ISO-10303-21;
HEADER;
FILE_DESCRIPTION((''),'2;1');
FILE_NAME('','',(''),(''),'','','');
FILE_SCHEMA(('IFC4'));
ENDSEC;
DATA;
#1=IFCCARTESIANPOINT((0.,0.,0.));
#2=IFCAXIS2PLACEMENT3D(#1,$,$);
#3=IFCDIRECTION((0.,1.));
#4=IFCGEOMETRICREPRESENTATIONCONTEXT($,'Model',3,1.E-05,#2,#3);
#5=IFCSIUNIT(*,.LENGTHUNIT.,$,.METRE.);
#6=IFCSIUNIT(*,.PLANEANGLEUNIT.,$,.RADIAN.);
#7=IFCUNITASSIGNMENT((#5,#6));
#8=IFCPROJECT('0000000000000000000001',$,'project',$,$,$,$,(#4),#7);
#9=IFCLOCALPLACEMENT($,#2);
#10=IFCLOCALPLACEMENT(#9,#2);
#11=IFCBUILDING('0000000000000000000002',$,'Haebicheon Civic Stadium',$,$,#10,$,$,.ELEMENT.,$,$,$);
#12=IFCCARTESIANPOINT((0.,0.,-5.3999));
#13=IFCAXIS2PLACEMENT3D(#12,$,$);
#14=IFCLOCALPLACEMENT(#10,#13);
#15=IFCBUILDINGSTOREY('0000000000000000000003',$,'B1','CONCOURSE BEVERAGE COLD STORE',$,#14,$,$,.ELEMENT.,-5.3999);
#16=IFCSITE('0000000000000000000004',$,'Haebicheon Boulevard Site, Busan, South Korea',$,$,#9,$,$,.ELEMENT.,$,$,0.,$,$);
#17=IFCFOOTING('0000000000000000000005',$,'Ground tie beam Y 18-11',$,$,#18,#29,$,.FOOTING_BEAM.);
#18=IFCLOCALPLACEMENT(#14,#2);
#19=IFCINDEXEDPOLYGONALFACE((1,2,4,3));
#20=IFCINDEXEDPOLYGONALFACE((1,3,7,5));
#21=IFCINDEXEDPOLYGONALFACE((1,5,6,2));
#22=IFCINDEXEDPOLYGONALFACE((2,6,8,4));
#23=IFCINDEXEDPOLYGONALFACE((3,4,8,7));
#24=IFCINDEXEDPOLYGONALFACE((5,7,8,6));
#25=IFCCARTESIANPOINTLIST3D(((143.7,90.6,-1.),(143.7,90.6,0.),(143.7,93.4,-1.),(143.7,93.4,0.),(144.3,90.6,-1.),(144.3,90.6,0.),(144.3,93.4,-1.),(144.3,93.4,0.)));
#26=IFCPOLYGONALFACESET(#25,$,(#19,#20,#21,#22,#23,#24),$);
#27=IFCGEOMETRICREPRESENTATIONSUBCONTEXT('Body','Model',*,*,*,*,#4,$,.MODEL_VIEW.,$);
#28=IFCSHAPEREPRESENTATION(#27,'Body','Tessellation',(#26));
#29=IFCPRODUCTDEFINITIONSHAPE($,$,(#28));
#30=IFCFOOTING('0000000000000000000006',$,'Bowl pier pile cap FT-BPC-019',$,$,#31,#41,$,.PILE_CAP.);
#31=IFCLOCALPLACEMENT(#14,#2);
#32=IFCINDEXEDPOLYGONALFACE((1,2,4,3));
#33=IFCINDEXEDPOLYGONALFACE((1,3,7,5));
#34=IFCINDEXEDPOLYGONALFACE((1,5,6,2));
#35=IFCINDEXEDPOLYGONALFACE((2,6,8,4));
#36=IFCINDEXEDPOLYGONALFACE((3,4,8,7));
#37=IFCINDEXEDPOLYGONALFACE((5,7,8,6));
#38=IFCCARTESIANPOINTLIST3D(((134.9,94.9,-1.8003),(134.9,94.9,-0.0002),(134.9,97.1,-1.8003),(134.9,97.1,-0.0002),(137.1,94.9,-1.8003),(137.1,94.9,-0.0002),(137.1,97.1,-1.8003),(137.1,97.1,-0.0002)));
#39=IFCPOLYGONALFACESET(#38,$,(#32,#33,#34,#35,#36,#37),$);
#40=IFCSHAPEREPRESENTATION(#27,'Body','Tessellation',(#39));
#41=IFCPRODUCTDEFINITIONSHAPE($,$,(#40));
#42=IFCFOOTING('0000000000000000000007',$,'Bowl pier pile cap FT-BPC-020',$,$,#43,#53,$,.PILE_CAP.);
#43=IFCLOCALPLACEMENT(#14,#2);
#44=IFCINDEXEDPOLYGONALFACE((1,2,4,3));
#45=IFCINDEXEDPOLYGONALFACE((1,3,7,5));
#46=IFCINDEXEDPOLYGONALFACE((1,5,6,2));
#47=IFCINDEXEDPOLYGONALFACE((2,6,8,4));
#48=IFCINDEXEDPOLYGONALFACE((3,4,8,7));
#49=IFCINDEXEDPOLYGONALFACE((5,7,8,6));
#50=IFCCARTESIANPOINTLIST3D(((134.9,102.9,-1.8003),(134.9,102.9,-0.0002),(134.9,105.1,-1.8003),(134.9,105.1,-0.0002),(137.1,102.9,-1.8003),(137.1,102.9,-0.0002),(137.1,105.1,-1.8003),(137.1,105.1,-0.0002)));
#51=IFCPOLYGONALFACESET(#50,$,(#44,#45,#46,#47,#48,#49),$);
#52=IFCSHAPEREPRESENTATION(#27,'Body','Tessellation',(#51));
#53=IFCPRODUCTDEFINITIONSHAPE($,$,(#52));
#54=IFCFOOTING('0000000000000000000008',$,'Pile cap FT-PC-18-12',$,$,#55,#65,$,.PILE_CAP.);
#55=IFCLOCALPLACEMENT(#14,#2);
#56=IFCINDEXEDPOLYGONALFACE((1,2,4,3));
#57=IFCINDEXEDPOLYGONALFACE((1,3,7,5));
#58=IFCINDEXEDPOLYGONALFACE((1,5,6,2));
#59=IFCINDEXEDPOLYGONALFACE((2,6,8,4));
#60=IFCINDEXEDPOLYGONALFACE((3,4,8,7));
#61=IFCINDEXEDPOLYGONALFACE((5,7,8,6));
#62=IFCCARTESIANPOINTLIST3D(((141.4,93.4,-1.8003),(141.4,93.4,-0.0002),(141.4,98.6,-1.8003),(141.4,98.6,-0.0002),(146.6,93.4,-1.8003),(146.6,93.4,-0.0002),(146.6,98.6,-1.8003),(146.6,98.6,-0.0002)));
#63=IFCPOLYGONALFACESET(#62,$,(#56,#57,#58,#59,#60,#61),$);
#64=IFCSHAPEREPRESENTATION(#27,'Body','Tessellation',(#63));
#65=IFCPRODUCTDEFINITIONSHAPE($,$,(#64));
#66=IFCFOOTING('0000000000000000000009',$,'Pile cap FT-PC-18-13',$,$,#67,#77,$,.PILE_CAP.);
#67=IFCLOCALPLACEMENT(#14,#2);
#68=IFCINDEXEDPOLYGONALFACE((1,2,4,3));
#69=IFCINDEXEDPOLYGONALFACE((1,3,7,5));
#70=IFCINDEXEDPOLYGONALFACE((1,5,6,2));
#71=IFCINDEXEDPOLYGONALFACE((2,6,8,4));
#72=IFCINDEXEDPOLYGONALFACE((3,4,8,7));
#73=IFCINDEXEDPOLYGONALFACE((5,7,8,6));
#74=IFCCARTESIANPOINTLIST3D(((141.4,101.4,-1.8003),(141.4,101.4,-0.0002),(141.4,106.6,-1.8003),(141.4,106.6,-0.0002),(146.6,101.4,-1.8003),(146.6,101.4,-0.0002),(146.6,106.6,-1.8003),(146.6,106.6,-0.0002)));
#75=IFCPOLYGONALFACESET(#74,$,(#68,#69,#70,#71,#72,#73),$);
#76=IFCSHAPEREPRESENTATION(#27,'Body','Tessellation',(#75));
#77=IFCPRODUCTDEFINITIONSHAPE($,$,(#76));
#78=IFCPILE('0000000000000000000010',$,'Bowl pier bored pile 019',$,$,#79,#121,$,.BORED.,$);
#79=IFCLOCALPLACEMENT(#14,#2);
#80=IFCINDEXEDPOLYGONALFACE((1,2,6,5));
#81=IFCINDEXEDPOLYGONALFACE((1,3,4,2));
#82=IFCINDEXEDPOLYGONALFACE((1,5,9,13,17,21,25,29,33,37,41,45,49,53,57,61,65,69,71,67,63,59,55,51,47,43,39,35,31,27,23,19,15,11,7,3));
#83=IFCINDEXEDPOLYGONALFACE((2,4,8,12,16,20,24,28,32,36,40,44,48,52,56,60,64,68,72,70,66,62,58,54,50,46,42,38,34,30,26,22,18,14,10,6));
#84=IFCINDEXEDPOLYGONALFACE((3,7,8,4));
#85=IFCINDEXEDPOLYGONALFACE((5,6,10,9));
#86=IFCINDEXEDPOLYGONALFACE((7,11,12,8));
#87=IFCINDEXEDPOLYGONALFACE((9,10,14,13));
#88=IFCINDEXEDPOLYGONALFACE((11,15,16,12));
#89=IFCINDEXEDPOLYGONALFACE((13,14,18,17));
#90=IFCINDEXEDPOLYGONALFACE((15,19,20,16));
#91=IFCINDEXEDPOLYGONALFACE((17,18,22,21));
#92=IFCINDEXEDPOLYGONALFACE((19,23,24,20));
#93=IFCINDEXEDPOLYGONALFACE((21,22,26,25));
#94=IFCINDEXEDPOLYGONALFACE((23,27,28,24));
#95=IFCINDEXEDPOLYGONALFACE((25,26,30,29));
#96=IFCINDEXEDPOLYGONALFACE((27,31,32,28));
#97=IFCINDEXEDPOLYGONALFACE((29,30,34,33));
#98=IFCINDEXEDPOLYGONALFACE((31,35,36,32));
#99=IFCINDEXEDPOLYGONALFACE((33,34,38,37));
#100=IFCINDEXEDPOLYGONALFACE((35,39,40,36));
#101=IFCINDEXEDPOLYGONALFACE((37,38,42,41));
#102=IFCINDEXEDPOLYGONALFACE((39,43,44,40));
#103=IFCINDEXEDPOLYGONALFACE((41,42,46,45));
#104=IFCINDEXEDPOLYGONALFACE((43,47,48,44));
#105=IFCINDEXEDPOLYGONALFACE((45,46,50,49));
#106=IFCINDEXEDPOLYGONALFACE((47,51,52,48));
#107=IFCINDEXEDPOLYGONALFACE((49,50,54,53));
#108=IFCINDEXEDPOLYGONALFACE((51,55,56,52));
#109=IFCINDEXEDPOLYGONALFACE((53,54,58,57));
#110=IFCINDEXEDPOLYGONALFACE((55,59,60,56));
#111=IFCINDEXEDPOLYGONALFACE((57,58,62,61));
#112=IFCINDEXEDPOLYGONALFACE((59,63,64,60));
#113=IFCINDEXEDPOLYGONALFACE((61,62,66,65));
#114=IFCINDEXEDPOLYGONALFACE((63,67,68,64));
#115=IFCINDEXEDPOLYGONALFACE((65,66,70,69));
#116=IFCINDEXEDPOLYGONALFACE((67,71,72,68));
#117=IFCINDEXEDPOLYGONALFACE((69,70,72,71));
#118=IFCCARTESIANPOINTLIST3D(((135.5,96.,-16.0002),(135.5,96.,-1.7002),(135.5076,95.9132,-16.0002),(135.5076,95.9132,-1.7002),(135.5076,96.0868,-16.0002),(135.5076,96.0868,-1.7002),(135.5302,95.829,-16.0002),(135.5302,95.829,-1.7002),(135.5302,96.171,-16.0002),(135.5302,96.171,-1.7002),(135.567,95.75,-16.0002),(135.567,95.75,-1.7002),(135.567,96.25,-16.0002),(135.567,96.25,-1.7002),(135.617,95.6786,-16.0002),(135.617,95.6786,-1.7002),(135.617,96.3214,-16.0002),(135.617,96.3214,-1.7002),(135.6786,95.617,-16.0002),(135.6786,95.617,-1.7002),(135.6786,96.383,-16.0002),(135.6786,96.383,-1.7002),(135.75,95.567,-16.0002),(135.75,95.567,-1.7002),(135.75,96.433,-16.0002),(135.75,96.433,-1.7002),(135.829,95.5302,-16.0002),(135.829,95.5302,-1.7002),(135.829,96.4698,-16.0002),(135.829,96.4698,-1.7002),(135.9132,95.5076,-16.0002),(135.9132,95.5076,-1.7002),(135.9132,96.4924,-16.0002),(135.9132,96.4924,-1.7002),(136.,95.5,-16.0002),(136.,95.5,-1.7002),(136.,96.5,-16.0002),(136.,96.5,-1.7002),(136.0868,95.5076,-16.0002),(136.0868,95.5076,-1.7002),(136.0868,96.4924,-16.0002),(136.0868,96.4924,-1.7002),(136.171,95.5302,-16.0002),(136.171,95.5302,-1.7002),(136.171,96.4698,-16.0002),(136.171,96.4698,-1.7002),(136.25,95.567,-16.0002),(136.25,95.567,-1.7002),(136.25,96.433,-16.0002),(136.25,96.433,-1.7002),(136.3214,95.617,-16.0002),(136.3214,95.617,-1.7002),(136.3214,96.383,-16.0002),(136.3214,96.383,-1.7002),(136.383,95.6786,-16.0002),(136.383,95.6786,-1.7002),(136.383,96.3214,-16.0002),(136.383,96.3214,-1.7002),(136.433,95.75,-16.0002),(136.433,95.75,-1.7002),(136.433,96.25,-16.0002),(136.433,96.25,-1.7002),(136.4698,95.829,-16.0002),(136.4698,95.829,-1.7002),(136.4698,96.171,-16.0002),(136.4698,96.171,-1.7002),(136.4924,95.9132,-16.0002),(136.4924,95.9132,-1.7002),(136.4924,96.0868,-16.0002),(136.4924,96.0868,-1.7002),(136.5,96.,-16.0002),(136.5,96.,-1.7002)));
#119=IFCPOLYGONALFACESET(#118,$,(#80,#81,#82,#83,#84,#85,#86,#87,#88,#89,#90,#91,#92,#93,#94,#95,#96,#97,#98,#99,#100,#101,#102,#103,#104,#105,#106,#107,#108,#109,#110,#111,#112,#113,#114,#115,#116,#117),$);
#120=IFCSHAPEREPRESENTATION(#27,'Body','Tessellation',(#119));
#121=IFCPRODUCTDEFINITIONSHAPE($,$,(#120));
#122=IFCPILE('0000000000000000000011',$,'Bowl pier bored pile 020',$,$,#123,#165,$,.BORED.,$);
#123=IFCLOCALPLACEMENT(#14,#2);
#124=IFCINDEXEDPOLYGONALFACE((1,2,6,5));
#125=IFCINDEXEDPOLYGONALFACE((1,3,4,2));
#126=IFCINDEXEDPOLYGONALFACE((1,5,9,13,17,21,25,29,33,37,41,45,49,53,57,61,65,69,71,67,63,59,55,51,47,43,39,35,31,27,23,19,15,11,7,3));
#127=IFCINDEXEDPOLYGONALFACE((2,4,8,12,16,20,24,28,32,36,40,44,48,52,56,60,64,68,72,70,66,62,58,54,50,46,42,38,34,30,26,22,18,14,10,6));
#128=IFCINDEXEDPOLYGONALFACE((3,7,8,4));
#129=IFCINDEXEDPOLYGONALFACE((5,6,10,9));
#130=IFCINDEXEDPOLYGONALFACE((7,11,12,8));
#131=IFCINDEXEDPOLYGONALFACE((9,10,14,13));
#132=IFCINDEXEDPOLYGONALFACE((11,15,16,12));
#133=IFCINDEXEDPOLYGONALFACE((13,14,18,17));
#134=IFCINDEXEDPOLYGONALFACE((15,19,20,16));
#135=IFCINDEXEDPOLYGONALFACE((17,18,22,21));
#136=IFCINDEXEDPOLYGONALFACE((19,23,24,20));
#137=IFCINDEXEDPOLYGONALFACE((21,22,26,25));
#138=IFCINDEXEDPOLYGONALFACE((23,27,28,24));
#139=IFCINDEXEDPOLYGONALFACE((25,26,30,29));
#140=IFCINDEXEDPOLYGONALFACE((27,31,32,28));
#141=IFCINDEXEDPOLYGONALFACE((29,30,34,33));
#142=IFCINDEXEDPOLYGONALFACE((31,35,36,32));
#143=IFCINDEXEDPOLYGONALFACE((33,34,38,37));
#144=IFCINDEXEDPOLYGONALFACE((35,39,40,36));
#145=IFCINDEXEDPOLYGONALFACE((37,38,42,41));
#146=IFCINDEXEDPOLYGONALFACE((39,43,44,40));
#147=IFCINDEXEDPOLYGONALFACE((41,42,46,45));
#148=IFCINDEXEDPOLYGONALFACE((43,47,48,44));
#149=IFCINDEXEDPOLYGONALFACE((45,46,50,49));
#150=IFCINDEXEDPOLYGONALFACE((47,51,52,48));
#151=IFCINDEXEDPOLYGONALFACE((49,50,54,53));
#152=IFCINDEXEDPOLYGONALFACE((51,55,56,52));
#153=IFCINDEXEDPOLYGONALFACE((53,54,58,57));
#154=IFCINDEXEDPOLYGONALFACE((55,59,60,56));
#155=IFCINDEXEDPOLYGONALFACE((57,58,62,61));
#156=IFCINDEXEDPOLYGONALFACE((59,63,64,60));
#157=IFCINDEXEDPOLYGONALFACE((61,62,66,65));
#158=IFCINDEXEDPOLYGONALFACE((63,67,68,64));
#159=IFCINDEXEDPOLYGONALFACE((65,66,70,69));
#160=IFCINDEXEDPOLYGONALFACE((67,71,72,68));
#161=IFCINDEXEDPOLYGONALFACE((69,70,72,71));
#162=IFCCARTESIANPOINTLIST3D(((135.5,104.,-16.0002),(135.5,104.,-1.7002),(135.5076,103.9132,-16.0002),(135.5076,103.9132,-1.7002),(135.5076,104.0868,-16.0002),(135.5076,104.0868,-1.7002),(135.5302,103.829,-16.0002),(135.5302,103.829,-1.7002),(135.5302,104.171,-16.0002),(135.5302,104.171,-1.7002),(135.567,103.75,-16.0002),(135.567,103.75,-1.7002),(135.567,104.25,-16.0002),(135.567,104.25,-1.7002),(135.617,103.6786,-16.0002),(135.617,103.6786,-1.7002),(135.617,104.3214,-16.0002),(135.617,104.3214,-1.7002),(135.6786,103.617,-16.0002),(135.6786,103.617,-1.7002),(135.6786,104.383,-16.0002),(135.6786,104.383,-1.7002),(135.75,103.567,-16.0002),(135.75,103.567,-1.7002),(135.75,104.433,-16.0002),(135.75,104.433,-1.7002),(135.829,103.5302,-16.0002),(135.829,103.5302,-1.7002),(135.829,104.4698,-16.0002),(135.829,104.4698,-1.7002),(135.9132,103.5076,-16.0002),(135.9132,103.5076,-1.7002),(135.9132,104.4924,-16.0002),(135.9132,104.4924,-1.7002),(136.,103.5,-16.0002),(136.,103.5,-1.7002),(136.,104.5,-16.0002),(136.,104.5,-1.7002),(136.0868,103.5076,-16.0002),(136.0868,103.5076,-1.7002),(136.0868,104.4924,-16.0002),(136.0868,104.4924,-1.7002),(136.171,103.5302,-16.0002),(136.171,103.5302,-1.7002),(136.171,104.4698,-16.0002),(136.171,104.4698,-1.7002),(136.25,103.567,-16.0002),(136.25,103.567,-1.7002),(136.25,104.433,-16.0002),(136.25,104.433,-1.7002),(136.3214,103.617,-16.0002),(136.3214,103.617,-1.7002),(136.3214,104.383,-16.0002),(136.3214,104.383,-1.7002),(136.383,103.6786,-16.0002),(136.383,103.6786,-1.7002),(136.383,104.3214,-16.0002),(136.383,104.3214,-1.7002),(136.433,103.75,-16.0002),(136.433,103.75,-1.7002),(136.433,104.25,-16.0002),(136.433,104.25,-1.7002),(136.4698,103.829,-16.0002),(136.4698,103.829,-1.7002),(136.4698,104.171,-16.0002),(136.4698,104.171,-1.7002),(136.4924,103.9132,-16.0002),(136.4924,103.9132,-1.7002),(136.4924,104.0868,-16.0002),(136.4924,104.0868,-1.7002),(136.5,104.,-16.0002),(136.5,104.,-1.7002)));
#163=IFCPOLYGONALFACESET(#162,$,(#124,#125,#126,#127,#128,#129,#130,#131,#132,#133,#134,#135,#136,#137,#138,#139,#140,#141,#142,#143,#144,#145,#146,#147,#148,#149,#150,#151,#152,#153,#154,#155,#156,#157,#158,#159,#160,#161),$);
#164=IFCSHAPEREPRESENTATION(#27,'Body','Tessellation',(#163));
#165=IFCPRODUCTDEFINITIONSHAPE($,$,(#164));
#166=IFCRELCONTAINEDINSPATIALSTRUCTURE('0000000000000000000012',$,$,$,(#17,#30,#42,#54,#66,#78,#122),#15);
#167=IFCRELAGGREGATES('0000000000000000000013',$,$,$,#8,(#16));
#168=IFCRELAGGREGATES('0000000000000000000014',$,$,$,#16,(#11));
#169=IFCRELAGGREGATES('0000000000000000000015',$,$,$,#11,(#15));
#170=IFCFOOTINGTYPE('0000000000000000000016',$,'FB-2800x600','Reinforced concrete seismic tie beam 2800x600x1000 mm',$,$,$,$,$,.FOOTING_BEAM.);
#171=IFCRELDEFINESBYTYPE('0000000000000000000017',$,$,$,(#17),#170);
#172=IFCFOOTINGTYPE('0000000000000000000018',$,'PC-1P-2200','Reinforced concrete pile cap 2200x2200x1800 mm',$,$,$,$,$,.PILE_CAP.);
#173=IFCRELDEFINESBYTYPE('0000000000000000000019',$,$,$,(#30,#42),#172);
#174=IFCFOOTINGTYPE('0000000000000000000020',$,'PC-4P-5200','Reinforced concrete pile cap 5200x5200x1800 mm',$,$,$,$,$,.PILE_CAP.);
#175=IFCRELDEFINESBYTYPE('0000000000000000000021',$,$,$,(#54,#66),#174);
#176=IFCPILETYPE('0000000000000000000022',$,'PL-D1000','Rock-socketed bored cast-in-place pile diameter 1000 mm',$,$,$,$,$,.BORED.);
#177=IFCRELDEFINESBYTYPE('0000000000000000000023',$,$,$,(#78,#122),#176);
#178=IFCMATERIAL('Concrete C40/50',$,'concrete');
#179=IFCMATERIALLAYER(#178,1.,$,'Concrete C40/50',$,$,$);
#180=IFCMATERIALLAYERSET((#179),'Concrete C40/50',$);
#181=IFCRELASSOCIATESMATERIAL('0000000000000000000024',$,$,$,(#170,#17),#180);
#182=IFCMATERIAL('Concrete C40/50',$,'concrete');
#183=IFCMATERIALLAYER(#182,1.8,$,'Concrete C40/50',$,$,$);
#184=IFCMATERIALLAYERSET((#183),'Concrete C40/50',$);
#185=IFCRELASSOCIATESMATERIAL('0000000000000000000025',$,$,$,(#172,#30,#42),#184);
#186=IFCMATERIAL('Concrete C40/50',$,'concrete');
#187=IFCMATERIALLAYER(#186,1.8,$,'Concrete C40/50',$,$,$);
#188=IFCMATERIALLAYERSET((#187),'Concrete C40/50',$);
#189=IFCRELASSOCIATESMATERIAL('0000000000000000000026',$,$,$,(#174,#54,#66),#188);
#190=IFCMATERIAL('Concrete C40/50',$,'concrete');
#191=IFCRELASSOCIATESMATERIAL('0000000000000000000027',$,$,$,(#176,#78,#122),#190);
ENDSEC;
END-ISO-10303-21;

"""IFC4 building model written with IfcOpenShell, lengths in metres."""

from ifc_helpers import new_model, si_unit, direction, frame, origin, origin_2d, place, context, subcontext, project, spatial, rectangle, circle, extrude, material, layer, layer_set, material_profile, profile_set, type_object, element, save


model = new_model("IFC4")

# Units and contexts
model_context = context("Model", 3, precision=1e-05, world=origin(), true_north=direction((0.0, 1.0)))
body_context = subcontext(model_context, "Body", "Model", "MODEL_VIEW")
ifc_project = project(units=[si_unit("LENGTHUNIT", "METRE"), si_unit("PLANEANGLEUNIT", "RADIAN")], contexts=[model_context])

# Site, building, storey
site_placement = place(None, origin())
site = spatial("IfcSite", under=ifc_project, at=site_placement, Name="Haebicheon Boulevard Site, Busan, South Korea", CompositionType="ELEMENT", RefElevation=0.0)
building_placement = place(site_placement, origin())
building = spatial("IfcBuilding", under=site, at=building_placement, Name="Haebicheon Civic Stadium", CompositionType="ELEMENT")
storey_placement = place(building_placement, frame((0.0, 0.0, -5.3999)))
storey = spatial("IfcBuildingStorey", under=building, at=storey_placement, Name="B1", Description="CONCOURSE BEVERAGE COLD STORE", CompositionType="ELEMENT", Elevation=-5.3999)

# Footings
ifc_material_1 = material(Name="Concrete C40/50", Category="concrete")
ifc_layer_1 = layer(ifc_material_1, 1.0, Name="Concrete C40/50")
ifc_layer_set_1 = layer_set([ifc_layer_1], Name="Concrete C40/50")
footing_type_1 = type_object("IfcFootingType", Name="FB-2800x600", Description="Reinforced concrete seismic tie beam 2800x600x1000 mm", PredefinedType="FOOTING_BEAM", material=ifc_layer_set_1)
footing_placement = place(storey_placement, frame((144.0, 92.0, -1.0), z_axis=(0.0, 0.0, 1.0), x_axis=(0.0, 1.0, 0.0)))
element("IfcFooting", 1, at=footing_placement, inside=storey, type_object=footing_type_1, material=ifc_layer_set_1, Name="Ground tie beam Y 18-11", PredefinedType="FOOTING_BEAM", context=body_context, shape_type="SweptSolid", body=[
    extrude(rectangle(XDim=2.8, YDim=0.6001, at=origin_2d()), origin(), (0.0, 0.0, 1.0), 1.0),
])
ifc_material_2 = material(Name="Concrete C40/50", Category="concrete")
ifc_layer_2 = layer(ifc_material_2, 1.8, Name="Concrete C40/50")
ifc_layer_set_2 = layer_set([ifc_layer_2], Name="Concrete C40/50")
footing_type_2 = type_object("IfcFootingType", Name="PC-1P-2200", Description="Reinforced concrete pile cap 2200x2200x1800 mm", PredefinedType="PILE_CAP", material=ifc_layer_set_2)
for number, where, z_axis, x_axis, name in (
    (2, (136.0, 96.0, -1.8003), (0.0, 0.0, 1.0), (1.0, 0.0, 0.0), "Bowl pier pile cap FT-BPC-019"),
    (3, (136.0, 104.0, -1.8003), (0.0, 0.0, 1.0), (1.0, 0.0, 0.0), "Bowl pier pile cap FT-BPC-020"),
):
    element("IfcFooting", number, at=place(storey_placement, frame(where, z_axis=z_axis, x_axis=x_axis)), inside=storey, type_object=footing_type_2, material=ifc_layer_set_2, Name=name, PredefinedType="PILE_CAP", context=body_context, shape_type="SweptSolid", body=[
        extrude(rectangle(XDim=2.2, YDim=2.2, at=origin_2d()), origin(), (0.0, 0.0, 1.0), 1.8),
    ])
ifc_material_3 = material(Name="Concrete C40/50", Category="concrete")
ifc_layer_3 = layer(ifc_material_3, 1.8, Name="Concrete C40/50")
ifc_layer_set_3 = layer_set([ifc_layer_3], Name="Concrete C40/50")
footing_type_3 = type_object("IfcFootingType", Name="PC-4P-5200", Description="Reinforced concrete pile cap 5200x5200x1800 mm", PredefinedType="PILE_CAP", material=ifc_layer_set_3)
for number, where, z_axis, x_axis, name in (
    (4, (144.0, 96.0, -1.8003), (0.0, 0.0, 1.0), (1.0, 0.0, 0.0), "Pile cap FT-PC-18-12"),
    (5, (144.0, 104.0, -1.8003), (0.0, 0.0, 1.0), (1.0, 0.0, 0.0), "Pile cap FT-PC-18-13"),
):
    element("IfcFooting", number, at=place(storey_placement, frame(where, z_axis=z_axis, x_axis=x_axis)), inside=storey, type_object=footing_type_3, material=ifc_layer_set_3, Name=name, PredefinedType="PILE_CAP", context=body_context, shape_type="SweptSolid", body=[
        extrude(rectangle(XDim=5.2, YDim=5.2, at=origin_2d()), origin(), (0.0, 0.0, 1.0), 1.8),
    ])

# Piles
ifc_material_4 = material(Name="Concrete C40/50", Category="concrete")
ifc_material_profile_1 = material_profile(ifc_material_4, circle(Radius=0.5, at=origin_2d()), Name="PILE-D1000")
ifc_profile_set_1 = profile_set([ifc_material_profile_1], Name="Concrete C40/50")
pile_type_1 = type_object("IfcPileType", Name="PL-D1000", Description="Rock-socketed bored cast-in-place pile diameter 1000 mm", PredefinedType="BORED", material=ifc_profile_set_1)
for number, where, z_axis, x_axis, name in (
    (6, (136.0, 96.0, -1.7002), (0.0, 0.0, -1.0), (1.0, 0.0, 0.0), "Bowl pier bored pile 019"),
    (7, (136.0, 104.0, -1.7002), (0.0, 0.0, -1.0), (1.0, 0.0, 0.0), "Bowl pier bored pile 020"),
):
    element("IfcPile", number, at=place(storey_placement, frame(where, z_axis=z_axis, x_axis=x_axis)), inside=storey, type_object=pile_type_1, material=ifc_profile_set_1, Name=name, PredefinedType="BORED", context=body_context, shape_type="SweptSolid", body=[
        extrude(circle(Radius=0.5, at=origin_2d()), origin(), (0.0, 0.0, 1.0), 14.3),
    ])

save(model, "model.ifc")
